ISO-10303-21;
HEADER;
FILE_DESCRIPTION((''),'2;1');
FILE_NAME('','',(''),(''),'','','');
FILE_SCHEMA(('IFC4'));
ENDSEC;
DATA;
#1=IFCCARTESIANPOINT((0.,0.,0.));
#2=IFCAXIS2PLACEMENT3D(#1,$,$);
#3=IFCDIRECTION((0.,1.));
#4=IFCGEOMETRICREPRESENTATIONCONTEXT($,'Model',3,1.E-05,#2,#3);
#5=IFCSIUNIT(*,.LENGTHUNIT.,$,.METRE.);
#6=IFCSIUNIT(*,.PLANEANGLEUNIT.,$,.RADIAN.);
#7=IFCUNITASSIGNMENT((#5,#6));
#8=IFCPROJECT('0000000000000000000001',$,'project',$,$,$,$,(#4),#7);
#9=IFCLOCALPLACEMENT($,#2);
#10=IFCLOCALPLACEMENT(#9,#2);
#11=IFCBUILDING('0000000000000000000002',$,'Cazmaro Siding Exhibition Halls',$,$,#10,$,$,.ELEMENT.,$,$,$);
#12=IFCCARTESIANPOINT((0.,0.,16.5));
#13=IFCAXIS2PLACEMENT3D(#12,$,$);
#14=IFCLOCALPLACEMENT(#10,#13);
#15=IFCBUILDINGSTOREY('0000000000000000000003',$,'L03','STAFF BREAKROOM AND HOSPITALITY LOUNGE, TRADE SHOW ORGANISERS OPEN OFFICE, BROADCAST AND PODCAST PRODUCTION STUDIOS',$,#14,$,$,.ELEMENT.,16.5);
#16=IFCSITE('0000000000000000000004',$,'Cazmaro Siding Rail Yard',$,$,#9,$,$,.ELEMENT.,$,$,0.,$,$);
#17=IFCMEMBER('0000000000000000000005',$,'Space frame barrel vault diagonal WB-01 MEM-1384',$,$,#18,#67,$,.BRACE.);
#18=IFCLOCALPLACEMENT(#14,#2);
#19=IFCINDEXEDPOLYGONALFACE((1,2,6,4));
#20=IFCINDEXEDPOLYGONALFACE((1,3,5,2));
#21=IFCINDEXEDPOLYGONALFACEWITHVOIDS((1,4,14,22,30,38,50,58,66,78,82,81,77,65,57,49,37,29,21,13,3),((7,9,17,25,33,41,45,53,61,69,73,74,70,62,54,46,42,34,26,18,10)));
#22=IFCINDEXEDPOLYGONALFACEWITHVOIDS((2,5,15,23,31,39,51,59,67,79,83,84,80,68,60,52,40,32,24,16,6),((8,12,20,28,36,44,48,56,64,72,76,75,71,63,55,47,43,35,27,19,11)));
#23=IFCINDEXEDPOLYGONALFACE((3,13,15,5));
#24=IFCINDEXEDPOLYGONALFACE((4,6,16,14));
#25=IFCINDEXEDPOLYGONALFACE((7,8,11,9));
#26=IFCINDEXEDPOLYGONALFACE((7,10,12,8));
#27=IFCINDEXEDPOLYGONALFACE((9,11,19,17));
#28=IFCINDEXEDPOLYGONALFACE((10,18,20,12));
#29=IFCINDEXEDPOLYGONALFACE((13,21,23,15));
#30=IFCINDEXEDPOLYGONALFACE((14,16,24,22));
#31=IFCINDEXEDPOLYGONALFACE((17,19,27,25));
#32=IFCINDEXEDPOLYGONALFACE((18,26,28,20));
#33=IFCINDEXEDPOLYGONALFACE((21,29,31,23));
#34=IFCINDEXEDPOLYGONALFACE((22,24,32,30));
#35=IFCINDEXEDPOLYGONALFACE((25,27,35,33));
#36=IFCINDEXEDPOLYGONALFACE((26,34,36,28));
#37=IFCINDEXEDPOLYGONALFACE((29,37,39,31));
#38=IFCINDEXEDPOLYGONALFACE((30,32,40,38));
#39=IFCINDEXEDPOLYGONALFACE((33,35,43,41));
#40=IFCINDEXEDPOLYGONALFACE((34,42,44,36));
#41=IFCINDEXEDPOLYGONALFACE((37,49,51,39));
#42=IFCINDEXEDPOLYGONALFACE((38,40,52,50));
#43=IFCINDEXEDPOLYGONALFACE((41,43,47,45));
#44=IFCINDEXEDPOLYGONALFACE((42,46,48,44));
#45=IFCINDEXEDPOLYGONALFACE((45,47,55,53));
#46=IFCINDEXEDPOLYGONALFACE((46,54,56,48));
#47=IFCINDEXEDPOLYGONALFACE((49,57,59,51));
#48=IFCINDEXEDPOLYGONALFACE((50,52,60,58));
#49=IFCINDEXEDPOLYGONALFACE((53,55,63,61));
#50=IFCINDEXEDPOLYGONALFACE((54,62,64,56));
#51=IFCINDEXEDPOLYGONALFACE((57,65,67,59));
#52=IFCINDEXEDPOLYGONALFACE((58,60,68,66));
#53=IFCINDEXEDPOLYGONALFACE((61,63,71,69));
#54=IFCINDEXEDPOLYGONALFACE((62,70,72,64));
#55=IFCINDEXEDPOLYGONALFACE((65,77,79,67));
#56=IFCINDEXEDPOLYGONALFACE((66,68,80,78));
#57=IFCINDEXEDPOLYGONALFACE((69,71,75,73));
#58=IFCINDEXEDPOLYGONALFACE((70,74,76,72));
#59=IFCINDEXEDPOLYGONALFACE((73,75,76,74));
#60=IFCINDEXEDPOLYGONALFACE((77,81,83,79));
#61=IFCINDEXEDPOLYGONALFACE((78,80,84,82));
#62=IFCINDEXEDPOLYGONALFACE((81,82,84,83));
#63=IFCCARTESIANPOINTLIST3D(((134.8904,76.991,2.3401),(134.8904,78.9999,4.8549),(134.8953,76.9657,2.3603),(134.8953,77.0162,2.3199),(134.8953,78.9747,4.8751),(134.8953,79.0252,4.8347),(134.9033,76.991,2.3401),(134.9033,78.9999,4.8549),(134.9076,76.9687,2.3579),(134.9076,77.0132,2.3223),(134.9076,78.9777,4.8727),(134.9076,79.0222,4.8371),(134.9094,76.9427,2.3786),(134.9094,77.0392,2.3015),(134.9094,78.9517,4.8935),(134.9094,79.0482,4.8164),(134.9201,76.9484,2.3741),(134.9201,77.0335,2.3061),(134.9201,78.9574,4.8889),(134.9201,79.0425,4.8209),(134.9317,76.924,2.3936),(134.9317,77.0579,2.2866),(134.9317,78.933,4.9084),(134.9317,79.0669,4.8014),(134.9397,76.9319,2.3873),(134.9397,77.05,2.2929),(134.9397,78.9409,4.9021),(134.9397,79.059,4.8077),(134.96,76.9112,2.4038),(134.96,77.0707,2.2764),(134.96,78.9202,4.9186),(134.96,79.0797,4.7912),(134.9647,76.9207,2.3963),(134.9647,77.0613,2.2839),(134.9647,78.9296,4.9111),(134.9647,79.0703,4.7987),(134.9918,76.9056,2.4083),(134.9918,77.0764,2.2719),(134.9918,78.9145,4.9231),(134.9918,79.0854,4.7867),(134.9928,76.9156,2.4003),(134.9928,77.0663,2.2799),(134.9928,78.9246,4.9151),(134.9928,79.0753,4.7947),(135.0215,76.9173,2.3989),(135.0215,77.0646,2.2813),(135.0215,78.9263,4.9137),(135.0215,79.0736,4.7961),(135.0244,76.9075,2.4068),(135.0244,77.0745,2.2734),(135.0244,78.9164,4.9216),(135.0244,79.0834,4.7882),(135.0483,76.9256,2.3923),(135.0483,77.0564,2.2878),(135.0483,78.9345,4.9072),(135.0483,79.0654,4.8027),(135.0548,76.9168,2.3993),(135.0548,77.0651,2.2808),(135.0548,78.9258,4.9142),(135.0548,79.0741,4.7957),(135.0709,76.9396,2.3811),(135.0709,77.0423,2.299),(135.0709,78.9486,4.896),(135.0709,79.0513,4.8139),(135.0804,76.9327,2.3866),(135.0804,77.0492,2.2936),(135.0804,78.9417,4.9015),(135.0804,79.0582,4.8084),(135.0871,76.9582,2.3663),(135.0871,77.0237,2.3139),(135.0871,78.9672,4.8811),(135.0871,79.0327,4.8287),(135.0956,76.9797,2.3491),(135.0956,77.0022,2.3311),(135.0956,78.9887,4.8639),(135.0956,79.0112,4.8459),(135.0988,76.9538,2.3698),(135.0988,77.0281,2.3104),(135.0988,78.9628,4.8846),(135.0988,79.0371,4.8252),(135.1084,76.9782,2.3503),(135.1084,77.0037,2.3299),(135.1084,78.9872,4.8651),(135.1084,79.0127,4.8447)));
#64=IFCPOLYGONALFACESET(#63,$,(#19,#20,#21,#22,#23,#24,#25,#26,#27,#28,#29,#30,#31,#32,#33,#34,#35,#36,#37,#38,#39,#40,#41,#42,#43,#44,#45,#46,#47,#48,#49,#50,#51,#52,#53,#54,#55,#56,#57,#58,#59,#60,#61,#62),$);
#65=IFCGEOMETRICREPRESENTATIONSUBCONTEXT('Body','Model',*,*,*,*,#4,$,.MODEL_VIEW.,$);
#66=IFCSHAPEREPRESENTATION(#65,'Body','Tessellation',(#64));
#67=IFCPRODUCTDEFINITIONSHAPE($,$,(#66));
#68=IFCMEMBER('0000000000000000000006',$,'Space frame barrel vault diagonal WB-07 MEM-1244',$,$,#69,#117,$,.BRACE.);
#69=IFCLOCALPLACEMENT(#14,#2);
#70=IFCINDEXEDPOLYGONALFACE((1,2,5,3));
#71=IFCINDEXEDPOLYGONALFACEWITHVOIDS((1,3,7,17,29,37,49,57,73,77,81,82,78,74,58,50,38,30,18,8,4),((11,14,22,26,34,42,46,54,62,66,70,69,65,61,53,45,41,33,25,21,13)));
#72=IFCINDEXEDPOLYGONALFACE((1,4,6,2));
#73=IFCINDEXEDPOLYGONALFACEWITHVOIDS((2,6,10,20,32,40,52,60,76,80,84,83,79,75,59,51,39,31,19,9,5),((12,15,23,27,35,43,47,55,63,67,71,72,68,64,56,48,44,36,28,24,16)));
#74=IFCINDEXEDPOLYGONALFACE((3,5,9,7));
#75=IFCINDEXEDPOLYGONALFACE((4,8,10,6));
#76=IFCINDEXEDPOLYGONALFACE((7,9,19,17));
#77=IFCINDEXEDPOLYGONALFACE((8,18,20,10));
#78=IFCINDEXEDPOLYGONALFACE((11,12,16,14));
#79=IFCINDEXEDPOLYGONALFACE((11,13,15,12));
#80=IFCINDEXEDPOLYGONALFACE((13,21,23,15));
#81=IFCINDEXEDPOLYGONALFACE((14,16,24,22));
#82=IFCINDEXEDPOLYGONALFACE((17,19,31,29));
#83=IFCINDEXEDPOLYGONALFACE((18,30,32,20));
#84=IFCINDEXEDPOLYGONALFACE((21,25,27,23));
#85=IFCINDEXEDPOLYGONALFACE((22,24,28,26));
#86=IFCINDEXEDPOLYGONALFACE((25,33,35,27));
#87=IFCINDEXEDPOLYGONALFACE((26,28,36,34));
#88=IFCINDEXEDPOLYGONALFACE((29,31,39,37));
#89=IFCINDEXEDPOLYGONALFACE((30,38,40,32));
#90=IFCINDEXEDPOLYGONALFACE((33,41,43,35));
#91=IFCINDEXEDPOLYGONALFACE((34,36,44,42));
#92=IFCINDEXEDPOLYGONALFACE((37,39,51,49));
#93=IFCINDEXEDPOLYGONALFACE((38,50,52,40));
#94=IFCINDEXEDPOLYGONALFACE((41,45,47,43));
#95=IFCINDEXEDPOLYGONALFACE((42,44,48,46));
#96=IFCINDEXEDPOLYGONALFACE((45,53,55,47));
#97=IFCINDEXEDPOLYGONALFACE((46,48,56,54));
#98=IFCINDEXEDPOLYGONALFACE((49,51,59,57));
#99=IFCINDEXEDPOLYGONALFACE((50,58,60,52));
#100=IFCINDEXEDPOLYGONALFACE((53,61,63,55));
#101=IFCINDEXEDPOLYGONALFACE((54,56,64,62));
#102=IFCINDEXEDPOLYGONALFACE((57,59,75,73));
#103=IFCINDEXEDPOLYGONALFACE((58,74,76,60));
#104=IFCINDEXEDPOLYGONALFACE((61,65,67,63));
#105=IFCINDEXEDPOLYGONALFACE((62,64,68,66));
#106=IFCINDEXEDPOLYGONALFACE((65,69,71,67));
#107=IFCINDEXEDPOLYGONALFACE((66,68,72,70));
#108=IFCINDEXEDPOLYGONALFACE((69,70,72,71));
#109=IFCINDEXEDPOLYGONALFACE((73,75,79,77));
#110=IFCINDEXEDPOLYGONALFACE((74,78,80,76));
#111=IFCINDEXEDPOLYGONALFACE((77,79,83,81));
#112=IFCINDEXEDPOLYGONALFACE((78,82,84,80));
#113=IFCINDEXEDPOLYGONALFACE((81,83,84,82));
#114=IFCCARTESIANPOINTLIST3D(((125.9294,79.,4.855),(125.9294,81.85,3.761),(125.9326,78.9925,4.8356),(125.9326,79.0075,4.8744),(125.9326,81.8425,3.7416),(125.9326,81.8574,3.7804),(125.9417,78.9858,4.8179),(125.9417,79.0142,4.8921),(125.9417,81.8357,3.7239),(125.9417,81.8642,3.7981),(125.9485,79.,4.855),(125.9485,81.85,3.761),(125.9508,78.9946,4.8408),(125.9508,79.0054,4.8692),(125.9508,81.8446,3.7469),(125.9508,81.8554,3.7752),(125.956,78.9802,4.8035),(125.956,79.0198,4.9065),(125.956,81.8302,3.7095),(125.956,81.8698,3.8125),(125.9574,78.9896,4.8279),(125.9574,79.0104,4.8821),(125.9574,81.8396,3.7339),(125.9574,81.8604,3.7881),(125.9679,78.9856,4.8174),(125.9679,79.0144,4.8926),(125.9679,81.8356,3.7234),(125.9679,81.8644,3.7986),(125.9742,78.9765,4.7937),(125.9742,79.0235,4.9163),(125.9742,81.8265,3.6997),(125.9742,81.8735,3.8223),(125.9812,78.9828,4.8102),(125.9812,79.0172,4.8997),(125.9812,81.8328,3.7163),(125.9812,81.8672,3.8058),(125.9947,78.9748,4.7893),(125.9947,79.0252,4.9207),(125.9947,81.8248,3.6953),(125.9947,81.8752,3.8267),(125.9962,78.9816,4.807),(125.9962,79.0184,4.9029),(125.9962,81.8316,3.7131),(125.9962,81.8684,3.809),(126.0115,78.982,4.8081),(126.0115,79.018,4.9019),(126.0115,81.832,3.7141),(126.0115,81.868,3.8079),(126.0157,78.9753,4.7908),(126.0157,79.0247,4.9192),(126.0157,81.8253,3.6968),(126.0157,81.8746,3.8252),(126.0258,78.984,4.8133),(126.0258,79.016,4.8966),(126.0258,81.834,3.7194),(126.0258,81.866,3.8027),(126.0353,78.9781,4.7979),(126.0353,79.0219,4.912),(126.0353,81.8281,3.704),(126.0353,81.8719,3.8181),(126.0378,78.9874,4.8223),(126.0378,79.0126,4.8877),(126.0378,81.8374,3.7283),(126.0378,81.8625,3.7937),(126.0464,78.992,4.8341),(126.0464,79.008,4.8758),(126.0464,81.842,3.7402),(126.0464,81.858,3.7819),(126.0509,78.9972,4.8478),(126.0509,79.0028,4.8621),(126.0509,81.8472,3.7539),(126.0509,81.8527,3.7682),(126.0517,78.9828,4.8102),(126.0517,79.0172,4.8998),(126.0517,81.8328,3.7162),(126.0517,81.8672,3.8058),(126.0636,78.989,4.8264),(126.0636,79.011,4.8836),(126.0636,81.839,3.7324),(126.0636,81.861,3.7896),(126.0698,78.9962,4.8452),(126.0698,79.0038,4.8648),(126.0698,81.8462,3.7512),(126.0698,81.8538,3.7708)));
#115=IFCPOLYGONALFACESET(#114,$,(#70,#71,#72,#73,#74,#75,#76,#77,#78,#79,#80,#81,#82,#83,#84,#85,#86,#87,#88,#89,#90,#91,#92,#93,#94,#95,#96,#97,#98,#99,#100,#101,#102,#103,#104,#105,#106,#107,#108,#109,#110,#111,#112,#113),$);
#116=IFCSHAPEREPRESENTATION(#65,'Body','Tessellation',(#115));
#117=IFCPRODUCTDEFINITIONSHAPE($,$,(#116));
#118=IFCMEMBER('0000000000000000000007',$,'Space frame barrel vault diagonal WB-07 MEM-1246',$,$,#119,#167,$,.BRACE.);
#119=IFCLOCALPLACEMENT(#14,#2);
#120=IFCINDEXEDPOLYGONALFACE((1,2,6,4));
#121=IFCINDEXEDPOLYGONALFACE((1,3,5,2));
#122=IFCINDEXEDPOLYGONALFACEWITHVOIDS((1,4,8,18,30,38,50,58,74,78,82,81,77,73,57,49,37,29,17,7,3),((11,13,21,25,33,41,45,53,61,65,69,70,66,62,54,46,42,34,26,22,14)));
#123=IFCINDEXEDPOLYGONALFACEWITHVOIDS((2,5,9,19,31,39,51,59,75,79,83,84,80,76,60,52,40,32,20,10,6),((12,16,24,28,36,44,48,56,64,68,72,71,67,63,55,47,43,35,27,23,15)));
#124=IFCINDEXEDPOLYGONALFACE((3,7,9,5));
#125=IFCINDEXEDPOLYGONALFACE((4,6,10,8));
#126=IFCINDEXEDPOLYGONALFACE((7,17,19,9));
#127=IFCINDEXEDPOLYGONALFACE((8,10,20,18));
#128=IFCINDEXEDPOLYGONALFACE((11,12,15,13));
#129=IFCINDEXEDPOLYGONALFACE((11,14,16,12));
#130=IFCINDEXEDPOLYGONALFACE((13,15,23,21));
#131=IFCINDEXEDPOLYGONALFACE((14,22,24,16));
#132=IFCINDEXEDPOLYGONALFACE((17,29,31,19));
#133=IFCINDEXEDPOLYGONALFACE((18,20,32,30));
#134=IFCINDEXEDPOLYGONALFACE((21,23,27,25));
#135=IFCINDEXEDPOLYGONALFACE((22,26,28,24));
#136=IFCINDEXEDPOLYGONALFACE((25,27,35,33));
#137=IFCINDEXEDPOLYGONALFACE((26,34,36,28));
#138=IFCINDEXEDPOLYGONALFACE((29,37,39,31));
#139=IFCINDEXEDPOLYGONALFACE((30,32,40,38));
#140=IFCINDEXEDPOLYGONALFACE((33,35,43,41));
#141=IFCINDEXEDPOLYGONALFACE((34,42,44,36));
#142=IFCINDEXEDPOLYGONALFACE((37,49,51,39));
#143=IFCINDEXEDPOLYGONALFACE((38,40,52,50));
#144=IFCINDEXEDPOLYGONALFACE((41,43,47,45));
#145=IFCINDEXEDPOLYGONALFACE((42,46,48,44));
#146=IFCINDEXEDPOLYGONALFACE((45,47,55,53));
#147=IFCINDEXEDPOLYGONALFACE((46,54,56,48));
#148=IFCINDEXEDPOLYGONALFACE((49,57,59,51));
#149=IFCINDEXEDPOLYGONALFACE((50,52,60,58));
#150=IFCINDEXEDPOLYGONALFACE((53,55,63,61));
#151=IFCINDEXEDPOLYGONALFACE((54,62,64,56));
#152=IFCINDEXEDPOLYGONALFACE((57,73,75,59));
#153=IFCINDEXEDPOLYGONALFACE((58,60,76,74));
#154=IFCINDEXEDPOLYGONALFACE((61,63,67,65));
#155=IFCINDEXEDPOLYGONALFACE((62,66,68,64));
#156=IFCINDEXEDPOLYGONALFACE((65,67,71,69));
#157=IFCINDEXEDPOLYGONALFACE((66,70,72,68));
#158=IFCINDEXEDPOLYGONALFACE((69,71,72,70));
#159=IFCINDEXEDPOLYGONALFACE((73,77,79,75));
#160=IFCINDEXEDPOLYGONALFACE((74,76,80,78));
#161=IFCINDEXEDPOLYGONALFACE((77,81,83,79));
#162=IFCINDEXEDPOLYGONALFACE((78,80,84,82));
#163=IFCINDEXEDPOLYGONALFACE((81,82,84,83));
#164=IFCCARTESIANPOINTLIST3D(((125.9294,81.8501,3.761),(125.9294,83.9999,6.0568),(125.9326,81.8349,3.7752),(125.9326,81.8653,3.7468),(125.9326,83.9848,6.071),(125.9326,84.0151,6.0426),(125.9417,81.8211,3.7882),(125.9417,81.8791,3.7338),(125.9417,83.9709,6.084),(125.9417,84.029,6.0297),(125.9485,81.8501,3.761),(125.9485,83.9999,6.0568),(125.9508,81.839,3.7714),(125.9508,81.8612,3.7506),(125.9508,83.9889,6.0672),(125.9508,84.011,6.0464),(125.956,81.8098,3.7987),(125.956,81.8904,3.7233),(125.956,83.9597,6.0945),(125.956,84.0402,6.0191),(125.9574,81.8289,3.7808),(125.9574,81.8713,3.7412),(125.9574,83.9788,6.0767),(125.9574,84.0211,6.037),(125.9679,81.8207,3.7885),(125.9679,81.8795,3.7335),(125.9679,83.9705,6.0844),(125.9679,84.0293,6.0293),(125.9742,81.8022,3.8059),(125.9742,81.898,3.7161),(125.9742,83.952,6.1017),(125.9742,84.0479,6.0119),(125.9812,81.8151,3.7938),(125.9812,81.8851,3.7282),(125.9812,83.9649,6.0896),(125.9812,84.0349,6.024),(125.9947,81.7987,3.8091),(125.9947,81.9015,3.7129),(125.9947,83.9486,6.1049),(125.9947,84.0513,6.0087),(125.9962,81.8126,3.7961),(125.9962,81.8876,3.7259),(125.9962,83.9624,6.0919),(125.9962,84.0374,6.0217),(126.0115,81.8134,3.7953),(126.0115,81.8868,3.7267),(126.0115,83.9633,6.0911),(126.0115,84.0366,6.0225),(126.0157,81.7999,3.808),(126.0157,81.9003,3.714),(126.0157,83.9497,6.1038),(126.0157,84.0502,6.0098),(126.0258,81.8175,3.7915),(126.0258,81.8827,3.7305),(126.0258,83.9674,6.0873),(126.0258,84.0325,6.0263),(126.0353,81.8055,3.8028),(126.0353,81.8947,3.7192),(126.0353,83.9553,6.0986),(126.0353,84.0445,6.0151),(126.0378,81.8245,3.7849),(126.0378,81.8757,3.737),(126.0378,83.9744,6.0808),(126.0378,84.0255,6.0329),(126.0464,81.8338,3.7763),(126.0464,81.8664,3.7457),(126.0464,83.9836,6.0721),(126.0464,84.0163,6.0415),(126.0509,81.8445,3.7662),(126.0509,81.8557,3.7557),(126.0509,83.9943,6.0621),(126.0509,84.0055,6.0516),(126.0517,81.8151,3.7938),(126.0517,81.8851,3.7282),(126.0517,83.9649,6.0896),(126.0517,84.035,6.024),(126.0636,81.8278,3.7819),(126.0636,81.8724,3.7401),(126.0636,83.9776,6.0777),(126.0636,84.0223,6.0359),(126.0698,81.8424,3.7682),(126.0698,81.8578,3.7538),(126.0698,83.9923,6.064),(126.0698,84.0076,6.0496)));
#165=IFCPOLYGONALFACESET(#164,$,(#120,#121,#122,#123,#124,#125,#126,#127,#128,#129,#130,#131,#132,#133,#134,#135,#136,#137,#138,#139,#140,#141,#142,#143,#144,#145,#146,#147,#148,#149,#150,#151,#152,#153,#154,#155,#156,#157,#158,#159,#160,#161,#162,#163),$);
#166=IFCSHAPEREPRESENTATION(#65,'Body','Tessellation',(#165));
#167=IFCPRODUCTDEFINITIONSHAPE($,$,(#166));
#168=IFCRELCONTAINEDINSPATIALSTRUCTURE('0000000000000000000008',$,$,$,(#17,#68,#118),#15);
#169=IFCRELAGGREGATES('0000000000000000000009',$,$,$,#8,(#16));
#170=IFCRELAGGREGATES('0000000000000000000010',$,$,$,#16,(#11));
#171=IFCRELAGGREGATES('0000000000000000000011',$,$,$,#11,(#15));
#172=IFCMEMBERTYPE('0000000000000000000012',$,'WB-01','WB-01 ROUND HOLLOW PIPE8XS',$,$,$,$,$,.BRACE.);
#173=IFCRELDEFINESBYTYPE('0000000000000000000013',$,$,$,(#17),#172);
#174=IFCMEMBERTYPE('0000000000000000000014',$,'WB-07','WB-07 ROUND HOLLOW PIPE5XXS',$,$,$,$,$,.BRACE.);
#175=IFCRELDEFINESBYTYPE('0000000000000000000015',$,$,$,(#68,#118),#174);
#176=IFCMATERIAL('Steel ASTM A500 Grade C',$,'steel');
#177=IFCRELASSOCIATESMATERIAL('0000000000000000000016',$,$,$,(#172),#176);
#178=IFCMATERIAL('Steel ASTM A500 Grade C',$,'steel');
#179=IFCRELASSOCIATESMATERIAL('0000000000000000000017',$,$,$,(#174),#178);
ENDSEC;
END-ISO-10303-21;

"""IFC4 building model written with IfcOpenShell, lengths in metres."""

from ifc_helpers import new_model, si_unit, direction, frame, origin, origin_2d, place, context, subcontext, project, spatial, hollow_circle, extrude, material, material_profile, profile_set, type_object, element, save


model = new_model("IFC4")

# Units and contexts
model_context = context("Model", 3, precision=1e-05, world=origin(), true_north=direction((0.0, 1.0)))
body_context = subcontext(model_context, "Body", "Model", "MODEL_VIEW")
ifc_project = project(units=[si_unit("LENGTHUNIT", "METRE"), si_unit("PLANEANGLEUNIT", "RADIAN")], contexts=[model_context])

# Site, building, storey
site_placement = place(None, origin())
site = spatial("IfcSite", under=ifc_project, at=site_placement, Name="Cazmaro Siding Rail Yard", CompositionType="ELEMENT", RefElevation=0.0)
building_placement = place(site_placement, origin())
building = spatial("IfcBuilding", under=site, at=building_placement, Name="Cazmaro Siding Exhibition Halls", CompositionType="ELEMENT")
storey_placement = place(building_placement, frame((0.0, 0.0, 16.5)))
storey = spatial("IfcBuildingStorey", under=building, at=storey_placement, Name="L03", Description="STAFF BREAKROOM AND HOSPITALITY LOUNGE, TRADE SHOW ORGANISERS OPEN OFFICE, BROADCAST AND PODCAST PRODUCTION STUDIOS", CompositionType="ELEMENT", Elevation=16.5)

# Members
ifc_material_1 = material(Name="Steel ASTM A500 Grade C", Category="steel")
ifc_material_profile_1 = material_profile(ifc_material_1, hollow_circle(Radius=0.1096, WallThickness=0.0129, at=origin_2d()), Name="PIPE8XS")
ifc_profile_set_1 = profile_set([ifc_material_profile_1], Name="Steel ASTM A500 Grade C")
member_type_1 = type_object("IfcMemberType", Name="WB-01", Description="WB-01 ROUND HOLLOW PIPE8XS", PredefinedType="BRACE", material=ifc_profile_set_1)
member_1_placement = place(storey_placement, frame((135.0, 76.991, 2.3401), z_axis=(0.0, 0.624149, 0.781305), x_axis=(-1.0, 0.0, 0.0)))
element("IfcMember", 1, at=member_1_placement, inside=storey, type_object=member_type_1, Name="Space frame barrel vault diagonal WB-01 MEM-1384", PredefinedType="BRACE", context=body_context, shape_type="SweptSolid", body=[
    extrude(hollow_circle(Radius=0.1096, WallThickness=0.0129, at=origin_2d()), origin(), (0.0, 0.0, 1.0), 3.2188),
])
ifc_material_2 = material(Name="Steel ASTM A500 Grade C", Category="steel")
ifc_material_profile_2 = material_profile(ifc_material_2, hollow_circle(Radius=0.0706, WallThickness=0.019, at=origin_2d()), Name="PIPE5XXS")
ifc_profile_set_2 = profile_set([ifc_material_profile_2], Name="Steel ASTM A500 Grade C")
member_type_2 = type_object("IfcMemberType", Name="WB-07", Description="WB-07 ROUND HOLLOW PIPE5XXS", PredefinedType="BRACE", material=ifc_profile_set_2)
member_2_placement = place(storey_placement, frame((126.0, 79.0, 4.855), z_axis=(0.0, 0.933587, -0.358352), x_axis=(-1.0, 0.0, 0.0)))
element("IfcMember", 2, at=member_2_placement, inside=storey, type_object=member_type_2, Name="Space frame barrel vault diagonal WB-07 MEM-1244", PredefinedType="BRACE", context=body_context, shape_type="SweptSolid", body=[
    extrude(hollow_circle(Radius=0.0706, WallThickness=0.019, at=origin_2d()), origin(), (0.0, 0.0, 1.0), 3.0527),
])
member_3_placement = place(storey_placement, frame((126.0, 81.8501, 3.761), z_axis=(0.0, 0.683518, 0.729934), x_axis=(-1.0, 0.0, 0.0)))
element("IfcMember", 3, at=member_3_placement, inside=storey, type_object=member_type_2, Name="Space frame barrel vault diagonal WB-07 MEM-1246", PredefinedType="BRACE", context=body_context, shape_type="SweptSolid", body=[
    extrude(hollow_circle(Radius=0.0706, WallThickness=0.019, at=origin_2d()), origin(), (0.0, 0.0, 1.0), 3.1453),
])

save(model, "model.ifc")
